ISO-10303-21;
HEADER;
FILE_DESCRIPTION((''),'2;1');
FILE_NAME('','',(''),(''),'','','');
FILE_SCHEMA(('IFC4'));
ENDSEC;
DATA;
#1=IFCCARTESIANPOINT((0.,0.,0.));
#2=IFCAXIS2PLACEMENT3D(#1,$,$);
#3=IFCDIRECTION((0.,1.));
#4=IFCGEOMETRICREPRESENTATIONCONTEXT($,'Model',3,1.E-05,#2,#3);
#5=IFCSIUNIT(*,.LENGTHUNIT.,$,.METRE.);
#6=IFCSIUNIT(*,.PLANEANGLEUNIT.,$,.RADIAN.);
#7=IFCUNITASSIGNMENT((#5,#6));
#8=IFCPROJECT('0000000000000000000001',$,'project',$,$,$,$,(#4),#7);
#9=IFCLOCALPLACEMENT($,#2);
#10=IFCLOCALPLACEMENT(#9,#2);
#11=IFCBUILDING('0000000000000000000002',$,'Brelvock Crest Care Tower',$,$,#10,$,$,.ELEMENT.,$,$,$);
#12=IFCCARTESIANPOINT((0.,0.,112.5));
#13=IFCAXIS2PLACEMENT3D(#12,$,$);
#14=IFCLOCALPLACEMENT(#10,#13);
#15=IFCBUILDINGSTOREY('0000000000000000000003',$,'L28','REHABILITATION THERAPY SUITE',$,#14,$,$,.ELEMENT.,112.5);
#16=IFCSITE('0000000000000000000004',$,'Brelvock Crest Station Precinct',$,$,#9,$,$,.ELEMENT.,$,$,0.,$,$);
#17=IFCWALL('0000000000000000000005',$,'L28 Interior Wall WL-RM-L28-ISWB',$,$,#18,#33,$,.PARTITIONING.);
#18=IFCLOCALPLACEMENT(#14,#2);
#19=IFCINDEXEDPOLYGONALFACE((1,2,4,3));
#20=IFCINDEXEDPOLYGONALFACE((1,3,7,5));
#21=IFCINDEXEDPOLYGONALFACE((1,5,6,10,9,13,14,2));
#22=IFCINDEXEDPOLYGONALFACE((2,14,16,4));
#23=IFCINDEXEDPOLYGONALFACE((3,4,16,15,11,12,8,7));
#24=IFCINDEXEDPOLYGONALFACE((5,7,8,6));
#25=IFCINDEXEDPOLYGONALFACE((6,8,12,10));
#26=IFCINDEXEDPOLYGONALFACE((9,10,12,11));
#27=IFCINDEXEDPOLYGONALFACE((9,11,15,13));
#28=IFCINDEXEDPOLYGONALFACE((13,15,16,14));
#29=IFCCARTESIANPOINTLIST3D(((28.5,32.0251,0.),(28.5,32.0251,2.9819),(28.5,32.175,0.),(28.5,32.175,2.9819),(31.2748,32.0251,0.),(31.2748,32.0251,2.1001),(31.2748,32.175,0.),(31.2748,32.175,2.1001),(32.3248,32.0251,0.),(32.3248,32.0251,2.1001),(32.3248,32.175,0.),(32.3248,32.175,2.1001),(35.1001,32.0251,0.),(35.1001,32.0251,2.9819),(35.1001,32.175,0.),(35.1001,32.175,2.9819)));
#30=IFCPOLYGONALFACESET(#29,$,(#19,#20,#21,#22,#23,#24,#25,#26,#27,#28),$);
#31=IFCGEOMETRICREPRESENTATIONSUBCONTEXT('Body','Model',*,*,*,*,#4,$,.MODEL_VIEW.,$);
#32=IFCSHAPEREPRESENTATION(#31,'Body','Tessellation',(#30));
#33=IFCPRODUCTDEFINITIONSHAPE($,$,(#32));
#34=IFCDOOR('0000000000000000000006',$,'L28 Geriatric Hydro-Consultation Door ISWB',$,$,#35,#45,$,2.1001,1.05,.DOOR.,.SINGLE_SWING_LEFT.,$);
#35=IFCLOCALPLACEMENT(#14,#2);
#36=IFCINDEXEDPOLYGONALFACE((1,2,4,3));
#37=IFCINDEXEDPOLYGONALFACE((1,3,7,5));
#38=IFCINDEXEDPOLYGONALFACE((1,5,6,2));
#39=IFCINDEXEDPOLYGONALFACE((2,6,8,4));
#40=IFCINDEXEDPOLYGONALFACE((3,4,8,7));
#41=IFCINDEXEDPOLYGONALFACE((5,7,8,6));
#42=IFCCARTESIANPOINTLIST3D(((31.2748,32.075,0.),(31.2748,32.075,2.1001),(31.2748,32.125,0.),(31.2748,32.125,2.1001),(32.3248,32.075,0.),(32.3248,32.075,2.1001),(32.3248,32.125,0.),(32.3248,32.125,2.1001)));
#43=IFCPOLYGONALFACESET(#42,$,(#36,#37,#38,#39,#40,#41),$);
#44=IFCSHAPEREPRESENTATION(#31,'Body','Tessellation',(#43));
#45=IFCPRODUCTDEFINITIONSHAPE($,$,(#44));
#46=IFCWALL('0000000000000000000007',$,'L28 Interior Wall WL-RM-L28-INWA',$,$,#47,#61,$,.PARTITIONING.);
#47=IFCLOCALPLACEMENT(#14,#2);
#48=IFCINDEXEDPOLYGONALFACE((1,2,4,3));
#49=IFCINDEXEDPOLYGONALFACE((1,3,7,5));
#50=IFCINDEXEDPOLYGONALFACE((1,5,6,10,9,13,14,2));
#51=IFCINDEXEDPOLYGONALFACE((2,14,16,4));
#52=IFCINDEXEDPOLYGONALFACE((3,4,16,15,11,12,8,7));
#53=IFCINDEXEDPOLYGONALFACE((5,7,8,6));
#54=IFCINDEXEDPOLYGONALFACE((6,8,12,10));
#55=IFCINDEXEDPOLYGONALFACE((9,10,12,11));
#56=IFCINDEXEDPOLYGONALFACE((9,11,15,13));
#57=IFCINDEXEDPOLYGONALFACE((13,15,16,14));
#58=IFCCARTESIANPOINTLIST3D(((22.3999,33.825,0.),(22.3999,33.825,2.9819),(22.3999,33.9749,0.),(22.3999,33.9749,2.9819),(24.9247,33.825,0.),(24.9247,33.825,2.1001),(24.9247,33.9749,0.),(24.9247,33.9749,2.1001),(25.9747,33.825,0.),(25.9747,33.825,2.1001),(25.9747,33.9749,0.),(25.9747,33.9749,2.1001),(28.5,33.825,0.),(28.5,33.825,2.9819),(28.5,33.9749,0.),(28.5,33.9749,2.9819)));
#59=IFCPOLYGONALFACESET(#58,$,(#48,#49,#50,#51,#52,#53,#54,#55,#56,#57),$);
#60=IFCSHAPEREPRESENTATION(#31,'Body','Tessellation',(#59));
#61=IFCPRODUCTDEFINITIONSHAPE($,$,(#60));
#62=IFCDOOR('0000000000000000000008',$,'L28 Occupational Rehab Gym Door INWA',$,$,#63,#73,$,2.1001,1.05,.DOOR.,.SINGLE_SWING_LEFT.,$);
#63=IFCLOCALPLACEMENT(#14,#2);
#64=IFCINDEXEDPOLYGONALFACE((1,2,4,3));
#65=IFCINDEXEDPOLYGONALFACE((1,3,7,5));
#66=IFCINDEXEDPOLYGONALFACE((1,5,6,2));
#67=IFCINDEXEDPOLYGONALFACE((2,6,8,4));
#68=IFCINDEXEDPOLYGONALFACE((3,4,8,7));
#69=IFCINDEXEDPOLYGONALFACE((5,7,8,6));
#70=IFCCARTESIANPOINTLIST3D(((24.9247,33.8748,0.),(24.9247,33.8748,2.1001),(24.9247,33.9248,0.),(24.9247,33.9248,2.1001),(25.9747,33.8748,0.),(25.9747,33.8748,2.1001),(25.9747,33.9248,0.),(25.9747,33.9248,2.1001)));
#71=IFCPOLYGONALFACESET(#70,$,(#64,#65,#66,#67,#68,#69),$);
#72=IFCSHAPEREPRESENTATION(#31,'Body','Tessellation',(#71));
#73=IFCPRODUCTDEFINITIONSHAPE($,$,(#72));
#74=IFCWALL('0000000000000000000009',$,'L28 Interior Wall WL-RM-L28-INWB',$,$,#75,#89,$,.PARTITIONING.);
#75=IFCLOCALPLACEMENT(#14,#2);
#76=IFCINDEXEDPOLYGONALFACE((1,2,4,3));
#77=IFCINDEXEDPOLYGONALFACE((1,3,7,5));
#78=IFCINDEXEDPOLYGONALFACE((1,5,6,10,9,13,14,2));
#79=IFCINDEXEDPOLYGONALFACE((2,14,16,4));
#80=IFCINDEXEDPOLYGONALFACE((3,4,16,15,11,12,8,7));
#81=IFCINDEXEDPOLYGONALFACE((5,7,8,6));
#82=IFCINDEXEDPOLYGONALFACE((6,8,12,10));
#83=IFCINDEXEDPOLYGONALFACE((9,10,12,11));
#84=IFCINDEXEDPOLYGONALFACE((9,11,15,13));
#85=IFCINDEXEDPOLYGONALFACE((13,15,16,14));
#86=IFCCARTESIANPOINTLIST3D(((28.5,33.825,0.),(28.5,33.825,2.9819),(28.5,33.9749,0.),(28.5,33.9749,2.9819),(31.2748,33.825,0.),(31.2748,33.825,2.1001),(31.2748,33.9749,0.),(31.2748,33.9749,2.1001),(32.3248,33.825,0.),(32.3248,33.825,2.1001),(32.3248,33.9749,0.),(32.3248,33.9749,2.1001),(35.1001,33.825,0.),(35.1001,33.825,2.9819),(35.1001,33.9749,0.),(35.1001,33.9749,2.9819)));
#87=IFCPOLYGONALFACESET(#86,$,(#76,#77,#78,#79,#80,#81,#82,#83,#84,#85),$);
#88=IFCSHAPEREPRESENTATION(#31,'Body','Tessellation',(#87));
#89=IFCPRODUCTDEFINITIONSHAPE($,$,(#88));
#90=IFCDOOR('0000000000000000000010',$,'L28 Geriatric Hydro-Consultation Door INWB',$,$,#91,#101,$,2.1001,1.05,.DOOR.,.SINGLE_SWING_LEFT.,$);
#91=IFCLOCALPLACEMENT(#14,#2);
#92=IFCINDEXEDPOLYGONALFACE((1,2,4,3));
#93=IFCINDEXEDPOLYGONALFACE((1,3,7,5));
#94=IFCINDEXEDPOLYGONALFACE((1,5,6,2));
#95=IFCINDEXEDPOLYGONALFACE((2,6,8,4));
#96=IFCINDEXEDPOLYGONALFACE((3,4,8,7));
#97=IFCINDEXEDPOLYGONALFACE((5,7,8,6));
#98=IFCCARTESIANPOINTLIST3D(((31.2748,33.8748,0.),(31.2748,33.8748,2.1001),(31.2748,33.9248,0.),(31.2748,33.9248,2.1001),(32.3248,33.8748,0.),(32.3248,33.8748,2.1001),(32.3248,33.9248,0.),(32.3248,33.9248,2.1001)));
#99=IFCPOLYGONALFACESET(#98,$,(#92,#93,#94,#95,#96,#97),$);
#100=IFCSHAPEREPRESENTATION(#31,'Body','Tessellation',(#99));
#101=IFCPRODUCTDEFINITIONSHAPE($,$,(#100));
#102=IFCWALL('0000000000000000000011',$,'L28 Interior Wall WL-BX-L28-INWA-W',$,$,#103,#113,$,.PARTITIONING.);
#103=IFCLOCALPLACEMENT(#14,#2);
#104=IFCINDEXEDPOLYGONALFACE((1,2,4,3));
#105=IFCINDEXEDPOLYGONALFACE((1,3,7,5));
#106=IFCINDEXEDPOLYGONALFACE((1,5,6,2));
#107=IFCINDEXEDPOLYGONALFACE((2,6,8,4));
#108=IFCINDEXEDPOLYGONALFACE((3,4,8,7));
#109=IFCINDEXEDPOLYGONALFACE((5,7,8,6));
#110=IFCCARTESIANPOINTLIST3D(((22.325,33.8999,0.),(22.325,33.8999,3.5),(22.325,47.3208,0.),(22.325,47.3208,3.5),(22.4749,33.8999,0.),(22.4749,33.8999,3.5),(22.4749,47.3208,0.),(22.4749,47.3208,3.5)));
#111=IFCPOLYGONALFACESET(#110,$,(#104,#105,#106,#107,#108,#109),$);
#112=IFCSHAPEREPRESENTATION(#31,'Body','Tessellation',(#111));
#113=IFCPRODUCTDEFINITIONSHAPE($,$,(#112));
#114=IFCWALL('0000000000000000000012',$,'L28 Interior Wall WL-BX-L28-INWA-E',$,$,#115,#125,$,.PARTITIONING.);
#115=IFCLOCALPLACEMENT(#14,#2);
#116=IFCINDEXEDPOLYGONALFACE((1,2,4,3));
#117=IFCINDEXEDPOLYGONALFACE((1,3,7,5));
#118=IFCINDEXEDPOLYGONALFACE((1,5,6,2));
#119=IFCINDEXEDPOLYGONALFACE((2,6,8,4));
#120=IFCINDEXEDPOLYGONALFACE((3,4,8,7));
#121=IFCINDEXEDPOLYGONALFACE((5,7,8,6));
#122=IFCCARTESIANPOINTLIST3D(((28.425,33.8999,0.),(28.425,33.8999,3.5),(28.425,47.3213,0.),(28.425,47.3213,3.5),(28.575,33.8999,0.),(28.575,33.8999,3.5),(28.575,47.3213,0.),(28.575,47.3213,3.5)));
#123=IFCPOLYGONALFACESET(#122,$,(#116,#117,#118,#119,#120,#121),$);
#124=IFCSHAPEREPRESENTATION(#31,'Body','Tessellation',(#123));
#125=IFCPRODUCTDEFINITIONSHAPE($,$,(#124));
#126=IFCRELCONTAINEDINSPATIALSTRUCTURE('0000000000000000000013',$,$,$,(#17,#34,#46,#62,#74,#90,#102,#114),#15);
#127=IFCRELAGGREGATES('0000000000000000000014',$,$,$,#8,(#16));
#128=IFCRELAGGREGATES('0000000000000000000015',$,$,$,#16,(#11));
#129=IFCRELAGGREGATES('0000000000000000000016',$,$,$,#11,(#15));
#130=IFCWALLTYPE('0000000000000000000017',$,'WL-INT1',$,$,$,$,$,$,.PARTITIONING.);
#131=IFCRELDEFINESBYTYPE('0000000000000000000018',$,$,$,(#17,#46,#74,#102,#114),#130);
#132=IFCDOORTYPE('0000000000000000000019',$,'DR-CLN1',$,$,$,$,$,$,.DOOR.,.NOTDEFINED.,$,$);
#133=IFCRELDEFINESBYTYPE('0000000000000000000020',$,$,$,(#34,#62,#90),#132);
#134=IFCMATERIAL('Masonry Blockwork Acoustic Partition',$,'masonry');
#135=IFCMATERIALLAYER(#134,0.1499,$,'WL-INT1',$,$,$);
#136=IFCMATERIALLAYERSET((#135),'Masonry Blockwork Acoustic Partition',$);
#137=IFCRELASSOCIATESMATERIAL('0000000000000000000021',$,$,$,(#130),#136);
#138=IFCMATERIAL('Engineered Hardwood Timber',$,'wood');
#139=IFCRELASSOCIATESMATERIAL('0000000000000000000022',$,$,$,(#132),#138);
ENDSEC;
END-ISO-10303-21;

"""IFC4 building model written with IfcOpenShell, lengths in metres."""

from ifc_helpers import new_model, si_unit, direction, frame, frame_2d, origin, origin_2d, place, context, subcontext, project, spatial, rectangle, extrude, source, transform, mapped, material, layer, layer_set, type_object, element, fill, save


model = new_model("IFC4")

# Units and contexts
model_context = context("Model", 3, precision=1e-05, world=origin(), true_north=direction((0.0, 1.0)))
body_context = subcontext(model_context, "Body", "Model", "MODEL_VIEW")
ifc_project = project(units=[si_unit("LENGTHUNIT", "METRE"), si_unit("PLANEANGLEUNIT", "RADIAN")], contexts=[model_context])

# Site, building, storey
site_placement = place(None, origin())
site = spatial("IfcSite", under=ifc_project, at=site_placement, Name="Brelvock Crest Station Precinct", CompositionType="ELEMENT", RefElevation=0.0)
building_placement = place(site_placement, origin())
building = spatial("IfcBuilding", under=site, at=building_placement, Name="Brelvock Crest Care Tower", CompositionType="ELEMENT")
storey_placement = place(building_placement, frame((0.0, 0.0, 112.5)))
storey = spatial("IfcBuildingStorey", under=building, at=storey_placement, Name="L28", Description="REHABILITATION THERAPY SUITE", CompositionType="ELEMENT", Elevation=112.5)

# Walls, openings, doors
ifc_material_1 = material(Name="Masonry Blockwork Acoustic Partition", Category="masonry")
ifc_layer = layer(ifc_material_1, 0.1499, Name="WL-INT1")
ifc_layer_set = layer_set([ifc_layer], Name="Masonry Blockwork Acoustic Partition")
wall_type = type_object("IfcWallType", Name="WL-INT1", PredefinedType="PARTITIONING", material=ifc_layer_set)
ifc_material_2 = material(Name="Engineered Hardwood Timber", Category="wood")
door_type = type_object("IfcDoorType", Name="DR-CLN1", OperationType="NOTDEFINED", PredefinedType="DOOR", material=ifc_material_2)
shared_shape_1 = source(origin(), body_context, "Body", "SweptSolid", [
    extrude(rectangle(XDim=1.05, YDim=2.1001, at=origin_2d()), frame((0.5249, 0.0249, 1.05), z_axis=(0.0, -1.0, 0.0), x_axis=(1.0, 0.0, 0.0)), (0.0, 0.0, 1.0), 0.05),
])
wall_1_placement = place(storey_placement, frame((28.5, 32.1001, 0.0), z_axis=(0.0, 0.0, 1.0), x_axis=(1.0, 0.0, 0.0)))
wall_1 = element("IfcWall", 1, at=wall_1_placement, inside=storey, type_object=wall_type, Name="L28 Interior Wall WL-RM-L28-ISWB", PredefinedType="PARTITIONING", context=body_context, shape_type="SweptSolid", body=[
    extrude(rectangle(XDim=6.6001, YDim=0.1499, at=frame_2d((3.3, 0.0))), origin(), (0.0, 0.0, 1.0), 2.9819),
])
opening_1_placement = place(wall_1_placement, frame((2.7749, 0.0, 0.0)))
opening_1 = element("IfcOpeningElement", 2, at=opening_1_placement, cuts=wall_1, PredefinedType="OPENING", context=body_context, shape_type="SweptSolid", body=[
    extrude(rectangle(XDim=1.05, YDim=2.1001, at=origin_2d()), frame((0.5249, 0.085, 1.05), z_axis=(0.0, -1.0, 0.0), x_axis=(1.0, 0.0, 0.0)), (0.0, 0.0, 1.0), 0.1699),
])
door_1_placement = place(opening_1_placement, origin())
door_1 = element("IfcDoor", 3, at=door_1_placement, inside=storey, type_object=door_type, Name="L28 Geriatric Hydro-Consultation Door ISWB", OperationType="SINGLE_SWING_LEFT", OverallHeight=2.1001, OverallWidth=1.05, PredefinedType="DOOR", context=body_context, shape_type="MappedRepresentation", body=[
    mapped(shared_shape_1, transform((0.0, 0.0, 0.0), x_axis=(1.0, 0.0, 0.0), y_axis=(0.0, 1.0, 0.0), z_axis=(0.0, 0.0, 1.0), scale=1.0)),
])
fill(opening_1, door_1)
wall_2_placement = place(storey_placement, frame((22.3999, 33.8999, 0.0), z_axis=(0.0, 0.0, 1.0), x_axis=(1.0, 0.0, 0.0)))
wall_2 = element("IfcWall", 4, at=wall_2_placement, inside=storey, type_object=wall_type, Name="L28 Interior Wall WL-RM-L28-INWA", PredefinedType="PARTITIONING", context=body_context, shape_type="SweptSolid", body=[
    extrude(rectangle(XDim=6.1001, YDim=0.1499, at=frame_2d((3.05, 0.0))), origin(), (0.0, 0.0, 1.0), 2.9819),
])
opening_2_placement = place(wall_2_placement, frame((2.5249, 0.0, 0.0)))
opening_2 = element("IfcOpeningElement", 5, at=opening_2_placement, cuts=wall_2, PredefinedType="OPENING", context=body_context, shape_type="SweptSolid", body=[
    extrude(rectangle(XDim=1.05, YDim=2.1001, at=origin_2d()), frame((0.5249, 0.085, 1.05), z_axis=(0.0, -1.0, 0.0), x_axis=(1.0, 0.0, 0.0)), (0.0, 0.0, 1.0), 0.1699),
])
door_2_placement = place(opening_2_placement, origin())
door_2 = element("IfcDoor", 6, at=door_2_placement, inside=storey, type_object=door_type, Name="L28 Occupational Rehab Gym Door INWA", OperationType="SINGLE_SWING_LEFT", OverallHeight=2.1001, OverallWidth=1.05, PredefinedType="DOOR", context=body_context, shape_type="MappedRepresentation", body=[
    mapped(shared_shape_1, transform((0.0, 0.0, 0.0), x_axis=(1.0, 0.0, 0.0), y_axis=(0.0, 1.0, 0.0), z_axis=(0.0, 0.0, 1.0), scale=1.0)),
])
fill(opening_2, door_2)
wall_3_placement = place(storey_placement, frame((28.5, 33.8999, 0.0), z_axis=(0.0, 0.0, 1.0), x_axis=(1.0, 0.0, 0.0)))
wall_3 = element("IfcWall", 7, at=wall_3_placement, inside=storey, type_object=wall_type, Name="L28 Interior Wall WL-RM-L28-INWB", PredefinedType="PARTITIONING", context=body_context, shape_type="SweptSolid", body=[
    extrude(rectangle(XDim=6.6001, YDim=0.1499, at=frame_2d((3.3, 0.0))), origin(), (0.0, 0.0, 1.0), 2.9819),
])
opening_3_placement = place(wall_3_placement, frame((2.7749, 0.0, 0.0)))
opening_3 = element("IfcOpeningElement", 8, at=opening_3_placement, cuts=wall_3, PredefinedType="OPENING", context=body_context, shape_type="SweptSolid", body=[
    extrude(rectangle(XDim=1.05, YDim=2.1001, at=origin_2d()), frame((0.5249, 0.085, 1.05), z_axis=(0.0, -1.0, 0.0), x_axis=(1.0, 0.0, 0.0)), (0.0, 0.0, 1.0), 0.1699),
])
door_3_placement = place(opening_3_placement, origin())
door_3 = element("IfcDoor", 9, at=door_3_placement, inside=storey, type_object=door_type, Name="L28 Geriatric Hydro-Consultation Door INWB", OperationType="SINGLE_SWING_LEFT", OverallHeight=2.1001, OverallWidth=1.05, PredefinedType="DOOR", context=body_context, shape_type="MappedRepresentation", body=[
    mapped(shared_shape_1, transform((0.0, 0.0, 0.0), x_axis=(1.0, 0.0, 0.0), y_axis=(0.0, 1.0, 0.0), z_axis=(0.0, 0.0, 1.0), scale=1.0)),
])
fill(opening_3, door_3)

# Walls
wall_4_placement = place(storey_placement, frame((22.3999, 33.8999, 0.0), z_axis=(0.0, 0.0, 1.0), x_axis=(0.0, 1.0, 0.0)))
element("IfcWall", 10, at=wall_4_placement, inside=storey, type_object=wall_type, Name="L28 Interior Wall WL-BX-L28-INWA-W", PredefinedType="PARTITIONING", context=body_context, shape_type="SweptSolid", body=[
    extrude(rectangle(XDim=13.4209, YDim=0.1499, at=frame_2d((6.7104, 0.0))), origin(), (0.0, 0.0, 1.0), 3.5),
])
wall_5_placement = place(storey_placement, frame((28.5, 33.8999, 0.0), z_axis=(0.0, 0.0, 1.0), x_axis=(0.0, 1.0, 0.0)))
element("IfcWall", 11, at=wall_5_placement, inside=storey, type_object=wall_type, Name="L28 Interior Wall WL-BX-L28-INWA-E", PredefinedType="PARTITIONING", context=body_context, shape_type="SweptSolid", body=[
    extrude(rectangle(XDim=13.4214, YDim=0.1499, at=frame_2d((6.7107, 0.0))), origin(), (0.0, 0.0, 1.0), 3.5),
])

save(model, "model.ifc")
